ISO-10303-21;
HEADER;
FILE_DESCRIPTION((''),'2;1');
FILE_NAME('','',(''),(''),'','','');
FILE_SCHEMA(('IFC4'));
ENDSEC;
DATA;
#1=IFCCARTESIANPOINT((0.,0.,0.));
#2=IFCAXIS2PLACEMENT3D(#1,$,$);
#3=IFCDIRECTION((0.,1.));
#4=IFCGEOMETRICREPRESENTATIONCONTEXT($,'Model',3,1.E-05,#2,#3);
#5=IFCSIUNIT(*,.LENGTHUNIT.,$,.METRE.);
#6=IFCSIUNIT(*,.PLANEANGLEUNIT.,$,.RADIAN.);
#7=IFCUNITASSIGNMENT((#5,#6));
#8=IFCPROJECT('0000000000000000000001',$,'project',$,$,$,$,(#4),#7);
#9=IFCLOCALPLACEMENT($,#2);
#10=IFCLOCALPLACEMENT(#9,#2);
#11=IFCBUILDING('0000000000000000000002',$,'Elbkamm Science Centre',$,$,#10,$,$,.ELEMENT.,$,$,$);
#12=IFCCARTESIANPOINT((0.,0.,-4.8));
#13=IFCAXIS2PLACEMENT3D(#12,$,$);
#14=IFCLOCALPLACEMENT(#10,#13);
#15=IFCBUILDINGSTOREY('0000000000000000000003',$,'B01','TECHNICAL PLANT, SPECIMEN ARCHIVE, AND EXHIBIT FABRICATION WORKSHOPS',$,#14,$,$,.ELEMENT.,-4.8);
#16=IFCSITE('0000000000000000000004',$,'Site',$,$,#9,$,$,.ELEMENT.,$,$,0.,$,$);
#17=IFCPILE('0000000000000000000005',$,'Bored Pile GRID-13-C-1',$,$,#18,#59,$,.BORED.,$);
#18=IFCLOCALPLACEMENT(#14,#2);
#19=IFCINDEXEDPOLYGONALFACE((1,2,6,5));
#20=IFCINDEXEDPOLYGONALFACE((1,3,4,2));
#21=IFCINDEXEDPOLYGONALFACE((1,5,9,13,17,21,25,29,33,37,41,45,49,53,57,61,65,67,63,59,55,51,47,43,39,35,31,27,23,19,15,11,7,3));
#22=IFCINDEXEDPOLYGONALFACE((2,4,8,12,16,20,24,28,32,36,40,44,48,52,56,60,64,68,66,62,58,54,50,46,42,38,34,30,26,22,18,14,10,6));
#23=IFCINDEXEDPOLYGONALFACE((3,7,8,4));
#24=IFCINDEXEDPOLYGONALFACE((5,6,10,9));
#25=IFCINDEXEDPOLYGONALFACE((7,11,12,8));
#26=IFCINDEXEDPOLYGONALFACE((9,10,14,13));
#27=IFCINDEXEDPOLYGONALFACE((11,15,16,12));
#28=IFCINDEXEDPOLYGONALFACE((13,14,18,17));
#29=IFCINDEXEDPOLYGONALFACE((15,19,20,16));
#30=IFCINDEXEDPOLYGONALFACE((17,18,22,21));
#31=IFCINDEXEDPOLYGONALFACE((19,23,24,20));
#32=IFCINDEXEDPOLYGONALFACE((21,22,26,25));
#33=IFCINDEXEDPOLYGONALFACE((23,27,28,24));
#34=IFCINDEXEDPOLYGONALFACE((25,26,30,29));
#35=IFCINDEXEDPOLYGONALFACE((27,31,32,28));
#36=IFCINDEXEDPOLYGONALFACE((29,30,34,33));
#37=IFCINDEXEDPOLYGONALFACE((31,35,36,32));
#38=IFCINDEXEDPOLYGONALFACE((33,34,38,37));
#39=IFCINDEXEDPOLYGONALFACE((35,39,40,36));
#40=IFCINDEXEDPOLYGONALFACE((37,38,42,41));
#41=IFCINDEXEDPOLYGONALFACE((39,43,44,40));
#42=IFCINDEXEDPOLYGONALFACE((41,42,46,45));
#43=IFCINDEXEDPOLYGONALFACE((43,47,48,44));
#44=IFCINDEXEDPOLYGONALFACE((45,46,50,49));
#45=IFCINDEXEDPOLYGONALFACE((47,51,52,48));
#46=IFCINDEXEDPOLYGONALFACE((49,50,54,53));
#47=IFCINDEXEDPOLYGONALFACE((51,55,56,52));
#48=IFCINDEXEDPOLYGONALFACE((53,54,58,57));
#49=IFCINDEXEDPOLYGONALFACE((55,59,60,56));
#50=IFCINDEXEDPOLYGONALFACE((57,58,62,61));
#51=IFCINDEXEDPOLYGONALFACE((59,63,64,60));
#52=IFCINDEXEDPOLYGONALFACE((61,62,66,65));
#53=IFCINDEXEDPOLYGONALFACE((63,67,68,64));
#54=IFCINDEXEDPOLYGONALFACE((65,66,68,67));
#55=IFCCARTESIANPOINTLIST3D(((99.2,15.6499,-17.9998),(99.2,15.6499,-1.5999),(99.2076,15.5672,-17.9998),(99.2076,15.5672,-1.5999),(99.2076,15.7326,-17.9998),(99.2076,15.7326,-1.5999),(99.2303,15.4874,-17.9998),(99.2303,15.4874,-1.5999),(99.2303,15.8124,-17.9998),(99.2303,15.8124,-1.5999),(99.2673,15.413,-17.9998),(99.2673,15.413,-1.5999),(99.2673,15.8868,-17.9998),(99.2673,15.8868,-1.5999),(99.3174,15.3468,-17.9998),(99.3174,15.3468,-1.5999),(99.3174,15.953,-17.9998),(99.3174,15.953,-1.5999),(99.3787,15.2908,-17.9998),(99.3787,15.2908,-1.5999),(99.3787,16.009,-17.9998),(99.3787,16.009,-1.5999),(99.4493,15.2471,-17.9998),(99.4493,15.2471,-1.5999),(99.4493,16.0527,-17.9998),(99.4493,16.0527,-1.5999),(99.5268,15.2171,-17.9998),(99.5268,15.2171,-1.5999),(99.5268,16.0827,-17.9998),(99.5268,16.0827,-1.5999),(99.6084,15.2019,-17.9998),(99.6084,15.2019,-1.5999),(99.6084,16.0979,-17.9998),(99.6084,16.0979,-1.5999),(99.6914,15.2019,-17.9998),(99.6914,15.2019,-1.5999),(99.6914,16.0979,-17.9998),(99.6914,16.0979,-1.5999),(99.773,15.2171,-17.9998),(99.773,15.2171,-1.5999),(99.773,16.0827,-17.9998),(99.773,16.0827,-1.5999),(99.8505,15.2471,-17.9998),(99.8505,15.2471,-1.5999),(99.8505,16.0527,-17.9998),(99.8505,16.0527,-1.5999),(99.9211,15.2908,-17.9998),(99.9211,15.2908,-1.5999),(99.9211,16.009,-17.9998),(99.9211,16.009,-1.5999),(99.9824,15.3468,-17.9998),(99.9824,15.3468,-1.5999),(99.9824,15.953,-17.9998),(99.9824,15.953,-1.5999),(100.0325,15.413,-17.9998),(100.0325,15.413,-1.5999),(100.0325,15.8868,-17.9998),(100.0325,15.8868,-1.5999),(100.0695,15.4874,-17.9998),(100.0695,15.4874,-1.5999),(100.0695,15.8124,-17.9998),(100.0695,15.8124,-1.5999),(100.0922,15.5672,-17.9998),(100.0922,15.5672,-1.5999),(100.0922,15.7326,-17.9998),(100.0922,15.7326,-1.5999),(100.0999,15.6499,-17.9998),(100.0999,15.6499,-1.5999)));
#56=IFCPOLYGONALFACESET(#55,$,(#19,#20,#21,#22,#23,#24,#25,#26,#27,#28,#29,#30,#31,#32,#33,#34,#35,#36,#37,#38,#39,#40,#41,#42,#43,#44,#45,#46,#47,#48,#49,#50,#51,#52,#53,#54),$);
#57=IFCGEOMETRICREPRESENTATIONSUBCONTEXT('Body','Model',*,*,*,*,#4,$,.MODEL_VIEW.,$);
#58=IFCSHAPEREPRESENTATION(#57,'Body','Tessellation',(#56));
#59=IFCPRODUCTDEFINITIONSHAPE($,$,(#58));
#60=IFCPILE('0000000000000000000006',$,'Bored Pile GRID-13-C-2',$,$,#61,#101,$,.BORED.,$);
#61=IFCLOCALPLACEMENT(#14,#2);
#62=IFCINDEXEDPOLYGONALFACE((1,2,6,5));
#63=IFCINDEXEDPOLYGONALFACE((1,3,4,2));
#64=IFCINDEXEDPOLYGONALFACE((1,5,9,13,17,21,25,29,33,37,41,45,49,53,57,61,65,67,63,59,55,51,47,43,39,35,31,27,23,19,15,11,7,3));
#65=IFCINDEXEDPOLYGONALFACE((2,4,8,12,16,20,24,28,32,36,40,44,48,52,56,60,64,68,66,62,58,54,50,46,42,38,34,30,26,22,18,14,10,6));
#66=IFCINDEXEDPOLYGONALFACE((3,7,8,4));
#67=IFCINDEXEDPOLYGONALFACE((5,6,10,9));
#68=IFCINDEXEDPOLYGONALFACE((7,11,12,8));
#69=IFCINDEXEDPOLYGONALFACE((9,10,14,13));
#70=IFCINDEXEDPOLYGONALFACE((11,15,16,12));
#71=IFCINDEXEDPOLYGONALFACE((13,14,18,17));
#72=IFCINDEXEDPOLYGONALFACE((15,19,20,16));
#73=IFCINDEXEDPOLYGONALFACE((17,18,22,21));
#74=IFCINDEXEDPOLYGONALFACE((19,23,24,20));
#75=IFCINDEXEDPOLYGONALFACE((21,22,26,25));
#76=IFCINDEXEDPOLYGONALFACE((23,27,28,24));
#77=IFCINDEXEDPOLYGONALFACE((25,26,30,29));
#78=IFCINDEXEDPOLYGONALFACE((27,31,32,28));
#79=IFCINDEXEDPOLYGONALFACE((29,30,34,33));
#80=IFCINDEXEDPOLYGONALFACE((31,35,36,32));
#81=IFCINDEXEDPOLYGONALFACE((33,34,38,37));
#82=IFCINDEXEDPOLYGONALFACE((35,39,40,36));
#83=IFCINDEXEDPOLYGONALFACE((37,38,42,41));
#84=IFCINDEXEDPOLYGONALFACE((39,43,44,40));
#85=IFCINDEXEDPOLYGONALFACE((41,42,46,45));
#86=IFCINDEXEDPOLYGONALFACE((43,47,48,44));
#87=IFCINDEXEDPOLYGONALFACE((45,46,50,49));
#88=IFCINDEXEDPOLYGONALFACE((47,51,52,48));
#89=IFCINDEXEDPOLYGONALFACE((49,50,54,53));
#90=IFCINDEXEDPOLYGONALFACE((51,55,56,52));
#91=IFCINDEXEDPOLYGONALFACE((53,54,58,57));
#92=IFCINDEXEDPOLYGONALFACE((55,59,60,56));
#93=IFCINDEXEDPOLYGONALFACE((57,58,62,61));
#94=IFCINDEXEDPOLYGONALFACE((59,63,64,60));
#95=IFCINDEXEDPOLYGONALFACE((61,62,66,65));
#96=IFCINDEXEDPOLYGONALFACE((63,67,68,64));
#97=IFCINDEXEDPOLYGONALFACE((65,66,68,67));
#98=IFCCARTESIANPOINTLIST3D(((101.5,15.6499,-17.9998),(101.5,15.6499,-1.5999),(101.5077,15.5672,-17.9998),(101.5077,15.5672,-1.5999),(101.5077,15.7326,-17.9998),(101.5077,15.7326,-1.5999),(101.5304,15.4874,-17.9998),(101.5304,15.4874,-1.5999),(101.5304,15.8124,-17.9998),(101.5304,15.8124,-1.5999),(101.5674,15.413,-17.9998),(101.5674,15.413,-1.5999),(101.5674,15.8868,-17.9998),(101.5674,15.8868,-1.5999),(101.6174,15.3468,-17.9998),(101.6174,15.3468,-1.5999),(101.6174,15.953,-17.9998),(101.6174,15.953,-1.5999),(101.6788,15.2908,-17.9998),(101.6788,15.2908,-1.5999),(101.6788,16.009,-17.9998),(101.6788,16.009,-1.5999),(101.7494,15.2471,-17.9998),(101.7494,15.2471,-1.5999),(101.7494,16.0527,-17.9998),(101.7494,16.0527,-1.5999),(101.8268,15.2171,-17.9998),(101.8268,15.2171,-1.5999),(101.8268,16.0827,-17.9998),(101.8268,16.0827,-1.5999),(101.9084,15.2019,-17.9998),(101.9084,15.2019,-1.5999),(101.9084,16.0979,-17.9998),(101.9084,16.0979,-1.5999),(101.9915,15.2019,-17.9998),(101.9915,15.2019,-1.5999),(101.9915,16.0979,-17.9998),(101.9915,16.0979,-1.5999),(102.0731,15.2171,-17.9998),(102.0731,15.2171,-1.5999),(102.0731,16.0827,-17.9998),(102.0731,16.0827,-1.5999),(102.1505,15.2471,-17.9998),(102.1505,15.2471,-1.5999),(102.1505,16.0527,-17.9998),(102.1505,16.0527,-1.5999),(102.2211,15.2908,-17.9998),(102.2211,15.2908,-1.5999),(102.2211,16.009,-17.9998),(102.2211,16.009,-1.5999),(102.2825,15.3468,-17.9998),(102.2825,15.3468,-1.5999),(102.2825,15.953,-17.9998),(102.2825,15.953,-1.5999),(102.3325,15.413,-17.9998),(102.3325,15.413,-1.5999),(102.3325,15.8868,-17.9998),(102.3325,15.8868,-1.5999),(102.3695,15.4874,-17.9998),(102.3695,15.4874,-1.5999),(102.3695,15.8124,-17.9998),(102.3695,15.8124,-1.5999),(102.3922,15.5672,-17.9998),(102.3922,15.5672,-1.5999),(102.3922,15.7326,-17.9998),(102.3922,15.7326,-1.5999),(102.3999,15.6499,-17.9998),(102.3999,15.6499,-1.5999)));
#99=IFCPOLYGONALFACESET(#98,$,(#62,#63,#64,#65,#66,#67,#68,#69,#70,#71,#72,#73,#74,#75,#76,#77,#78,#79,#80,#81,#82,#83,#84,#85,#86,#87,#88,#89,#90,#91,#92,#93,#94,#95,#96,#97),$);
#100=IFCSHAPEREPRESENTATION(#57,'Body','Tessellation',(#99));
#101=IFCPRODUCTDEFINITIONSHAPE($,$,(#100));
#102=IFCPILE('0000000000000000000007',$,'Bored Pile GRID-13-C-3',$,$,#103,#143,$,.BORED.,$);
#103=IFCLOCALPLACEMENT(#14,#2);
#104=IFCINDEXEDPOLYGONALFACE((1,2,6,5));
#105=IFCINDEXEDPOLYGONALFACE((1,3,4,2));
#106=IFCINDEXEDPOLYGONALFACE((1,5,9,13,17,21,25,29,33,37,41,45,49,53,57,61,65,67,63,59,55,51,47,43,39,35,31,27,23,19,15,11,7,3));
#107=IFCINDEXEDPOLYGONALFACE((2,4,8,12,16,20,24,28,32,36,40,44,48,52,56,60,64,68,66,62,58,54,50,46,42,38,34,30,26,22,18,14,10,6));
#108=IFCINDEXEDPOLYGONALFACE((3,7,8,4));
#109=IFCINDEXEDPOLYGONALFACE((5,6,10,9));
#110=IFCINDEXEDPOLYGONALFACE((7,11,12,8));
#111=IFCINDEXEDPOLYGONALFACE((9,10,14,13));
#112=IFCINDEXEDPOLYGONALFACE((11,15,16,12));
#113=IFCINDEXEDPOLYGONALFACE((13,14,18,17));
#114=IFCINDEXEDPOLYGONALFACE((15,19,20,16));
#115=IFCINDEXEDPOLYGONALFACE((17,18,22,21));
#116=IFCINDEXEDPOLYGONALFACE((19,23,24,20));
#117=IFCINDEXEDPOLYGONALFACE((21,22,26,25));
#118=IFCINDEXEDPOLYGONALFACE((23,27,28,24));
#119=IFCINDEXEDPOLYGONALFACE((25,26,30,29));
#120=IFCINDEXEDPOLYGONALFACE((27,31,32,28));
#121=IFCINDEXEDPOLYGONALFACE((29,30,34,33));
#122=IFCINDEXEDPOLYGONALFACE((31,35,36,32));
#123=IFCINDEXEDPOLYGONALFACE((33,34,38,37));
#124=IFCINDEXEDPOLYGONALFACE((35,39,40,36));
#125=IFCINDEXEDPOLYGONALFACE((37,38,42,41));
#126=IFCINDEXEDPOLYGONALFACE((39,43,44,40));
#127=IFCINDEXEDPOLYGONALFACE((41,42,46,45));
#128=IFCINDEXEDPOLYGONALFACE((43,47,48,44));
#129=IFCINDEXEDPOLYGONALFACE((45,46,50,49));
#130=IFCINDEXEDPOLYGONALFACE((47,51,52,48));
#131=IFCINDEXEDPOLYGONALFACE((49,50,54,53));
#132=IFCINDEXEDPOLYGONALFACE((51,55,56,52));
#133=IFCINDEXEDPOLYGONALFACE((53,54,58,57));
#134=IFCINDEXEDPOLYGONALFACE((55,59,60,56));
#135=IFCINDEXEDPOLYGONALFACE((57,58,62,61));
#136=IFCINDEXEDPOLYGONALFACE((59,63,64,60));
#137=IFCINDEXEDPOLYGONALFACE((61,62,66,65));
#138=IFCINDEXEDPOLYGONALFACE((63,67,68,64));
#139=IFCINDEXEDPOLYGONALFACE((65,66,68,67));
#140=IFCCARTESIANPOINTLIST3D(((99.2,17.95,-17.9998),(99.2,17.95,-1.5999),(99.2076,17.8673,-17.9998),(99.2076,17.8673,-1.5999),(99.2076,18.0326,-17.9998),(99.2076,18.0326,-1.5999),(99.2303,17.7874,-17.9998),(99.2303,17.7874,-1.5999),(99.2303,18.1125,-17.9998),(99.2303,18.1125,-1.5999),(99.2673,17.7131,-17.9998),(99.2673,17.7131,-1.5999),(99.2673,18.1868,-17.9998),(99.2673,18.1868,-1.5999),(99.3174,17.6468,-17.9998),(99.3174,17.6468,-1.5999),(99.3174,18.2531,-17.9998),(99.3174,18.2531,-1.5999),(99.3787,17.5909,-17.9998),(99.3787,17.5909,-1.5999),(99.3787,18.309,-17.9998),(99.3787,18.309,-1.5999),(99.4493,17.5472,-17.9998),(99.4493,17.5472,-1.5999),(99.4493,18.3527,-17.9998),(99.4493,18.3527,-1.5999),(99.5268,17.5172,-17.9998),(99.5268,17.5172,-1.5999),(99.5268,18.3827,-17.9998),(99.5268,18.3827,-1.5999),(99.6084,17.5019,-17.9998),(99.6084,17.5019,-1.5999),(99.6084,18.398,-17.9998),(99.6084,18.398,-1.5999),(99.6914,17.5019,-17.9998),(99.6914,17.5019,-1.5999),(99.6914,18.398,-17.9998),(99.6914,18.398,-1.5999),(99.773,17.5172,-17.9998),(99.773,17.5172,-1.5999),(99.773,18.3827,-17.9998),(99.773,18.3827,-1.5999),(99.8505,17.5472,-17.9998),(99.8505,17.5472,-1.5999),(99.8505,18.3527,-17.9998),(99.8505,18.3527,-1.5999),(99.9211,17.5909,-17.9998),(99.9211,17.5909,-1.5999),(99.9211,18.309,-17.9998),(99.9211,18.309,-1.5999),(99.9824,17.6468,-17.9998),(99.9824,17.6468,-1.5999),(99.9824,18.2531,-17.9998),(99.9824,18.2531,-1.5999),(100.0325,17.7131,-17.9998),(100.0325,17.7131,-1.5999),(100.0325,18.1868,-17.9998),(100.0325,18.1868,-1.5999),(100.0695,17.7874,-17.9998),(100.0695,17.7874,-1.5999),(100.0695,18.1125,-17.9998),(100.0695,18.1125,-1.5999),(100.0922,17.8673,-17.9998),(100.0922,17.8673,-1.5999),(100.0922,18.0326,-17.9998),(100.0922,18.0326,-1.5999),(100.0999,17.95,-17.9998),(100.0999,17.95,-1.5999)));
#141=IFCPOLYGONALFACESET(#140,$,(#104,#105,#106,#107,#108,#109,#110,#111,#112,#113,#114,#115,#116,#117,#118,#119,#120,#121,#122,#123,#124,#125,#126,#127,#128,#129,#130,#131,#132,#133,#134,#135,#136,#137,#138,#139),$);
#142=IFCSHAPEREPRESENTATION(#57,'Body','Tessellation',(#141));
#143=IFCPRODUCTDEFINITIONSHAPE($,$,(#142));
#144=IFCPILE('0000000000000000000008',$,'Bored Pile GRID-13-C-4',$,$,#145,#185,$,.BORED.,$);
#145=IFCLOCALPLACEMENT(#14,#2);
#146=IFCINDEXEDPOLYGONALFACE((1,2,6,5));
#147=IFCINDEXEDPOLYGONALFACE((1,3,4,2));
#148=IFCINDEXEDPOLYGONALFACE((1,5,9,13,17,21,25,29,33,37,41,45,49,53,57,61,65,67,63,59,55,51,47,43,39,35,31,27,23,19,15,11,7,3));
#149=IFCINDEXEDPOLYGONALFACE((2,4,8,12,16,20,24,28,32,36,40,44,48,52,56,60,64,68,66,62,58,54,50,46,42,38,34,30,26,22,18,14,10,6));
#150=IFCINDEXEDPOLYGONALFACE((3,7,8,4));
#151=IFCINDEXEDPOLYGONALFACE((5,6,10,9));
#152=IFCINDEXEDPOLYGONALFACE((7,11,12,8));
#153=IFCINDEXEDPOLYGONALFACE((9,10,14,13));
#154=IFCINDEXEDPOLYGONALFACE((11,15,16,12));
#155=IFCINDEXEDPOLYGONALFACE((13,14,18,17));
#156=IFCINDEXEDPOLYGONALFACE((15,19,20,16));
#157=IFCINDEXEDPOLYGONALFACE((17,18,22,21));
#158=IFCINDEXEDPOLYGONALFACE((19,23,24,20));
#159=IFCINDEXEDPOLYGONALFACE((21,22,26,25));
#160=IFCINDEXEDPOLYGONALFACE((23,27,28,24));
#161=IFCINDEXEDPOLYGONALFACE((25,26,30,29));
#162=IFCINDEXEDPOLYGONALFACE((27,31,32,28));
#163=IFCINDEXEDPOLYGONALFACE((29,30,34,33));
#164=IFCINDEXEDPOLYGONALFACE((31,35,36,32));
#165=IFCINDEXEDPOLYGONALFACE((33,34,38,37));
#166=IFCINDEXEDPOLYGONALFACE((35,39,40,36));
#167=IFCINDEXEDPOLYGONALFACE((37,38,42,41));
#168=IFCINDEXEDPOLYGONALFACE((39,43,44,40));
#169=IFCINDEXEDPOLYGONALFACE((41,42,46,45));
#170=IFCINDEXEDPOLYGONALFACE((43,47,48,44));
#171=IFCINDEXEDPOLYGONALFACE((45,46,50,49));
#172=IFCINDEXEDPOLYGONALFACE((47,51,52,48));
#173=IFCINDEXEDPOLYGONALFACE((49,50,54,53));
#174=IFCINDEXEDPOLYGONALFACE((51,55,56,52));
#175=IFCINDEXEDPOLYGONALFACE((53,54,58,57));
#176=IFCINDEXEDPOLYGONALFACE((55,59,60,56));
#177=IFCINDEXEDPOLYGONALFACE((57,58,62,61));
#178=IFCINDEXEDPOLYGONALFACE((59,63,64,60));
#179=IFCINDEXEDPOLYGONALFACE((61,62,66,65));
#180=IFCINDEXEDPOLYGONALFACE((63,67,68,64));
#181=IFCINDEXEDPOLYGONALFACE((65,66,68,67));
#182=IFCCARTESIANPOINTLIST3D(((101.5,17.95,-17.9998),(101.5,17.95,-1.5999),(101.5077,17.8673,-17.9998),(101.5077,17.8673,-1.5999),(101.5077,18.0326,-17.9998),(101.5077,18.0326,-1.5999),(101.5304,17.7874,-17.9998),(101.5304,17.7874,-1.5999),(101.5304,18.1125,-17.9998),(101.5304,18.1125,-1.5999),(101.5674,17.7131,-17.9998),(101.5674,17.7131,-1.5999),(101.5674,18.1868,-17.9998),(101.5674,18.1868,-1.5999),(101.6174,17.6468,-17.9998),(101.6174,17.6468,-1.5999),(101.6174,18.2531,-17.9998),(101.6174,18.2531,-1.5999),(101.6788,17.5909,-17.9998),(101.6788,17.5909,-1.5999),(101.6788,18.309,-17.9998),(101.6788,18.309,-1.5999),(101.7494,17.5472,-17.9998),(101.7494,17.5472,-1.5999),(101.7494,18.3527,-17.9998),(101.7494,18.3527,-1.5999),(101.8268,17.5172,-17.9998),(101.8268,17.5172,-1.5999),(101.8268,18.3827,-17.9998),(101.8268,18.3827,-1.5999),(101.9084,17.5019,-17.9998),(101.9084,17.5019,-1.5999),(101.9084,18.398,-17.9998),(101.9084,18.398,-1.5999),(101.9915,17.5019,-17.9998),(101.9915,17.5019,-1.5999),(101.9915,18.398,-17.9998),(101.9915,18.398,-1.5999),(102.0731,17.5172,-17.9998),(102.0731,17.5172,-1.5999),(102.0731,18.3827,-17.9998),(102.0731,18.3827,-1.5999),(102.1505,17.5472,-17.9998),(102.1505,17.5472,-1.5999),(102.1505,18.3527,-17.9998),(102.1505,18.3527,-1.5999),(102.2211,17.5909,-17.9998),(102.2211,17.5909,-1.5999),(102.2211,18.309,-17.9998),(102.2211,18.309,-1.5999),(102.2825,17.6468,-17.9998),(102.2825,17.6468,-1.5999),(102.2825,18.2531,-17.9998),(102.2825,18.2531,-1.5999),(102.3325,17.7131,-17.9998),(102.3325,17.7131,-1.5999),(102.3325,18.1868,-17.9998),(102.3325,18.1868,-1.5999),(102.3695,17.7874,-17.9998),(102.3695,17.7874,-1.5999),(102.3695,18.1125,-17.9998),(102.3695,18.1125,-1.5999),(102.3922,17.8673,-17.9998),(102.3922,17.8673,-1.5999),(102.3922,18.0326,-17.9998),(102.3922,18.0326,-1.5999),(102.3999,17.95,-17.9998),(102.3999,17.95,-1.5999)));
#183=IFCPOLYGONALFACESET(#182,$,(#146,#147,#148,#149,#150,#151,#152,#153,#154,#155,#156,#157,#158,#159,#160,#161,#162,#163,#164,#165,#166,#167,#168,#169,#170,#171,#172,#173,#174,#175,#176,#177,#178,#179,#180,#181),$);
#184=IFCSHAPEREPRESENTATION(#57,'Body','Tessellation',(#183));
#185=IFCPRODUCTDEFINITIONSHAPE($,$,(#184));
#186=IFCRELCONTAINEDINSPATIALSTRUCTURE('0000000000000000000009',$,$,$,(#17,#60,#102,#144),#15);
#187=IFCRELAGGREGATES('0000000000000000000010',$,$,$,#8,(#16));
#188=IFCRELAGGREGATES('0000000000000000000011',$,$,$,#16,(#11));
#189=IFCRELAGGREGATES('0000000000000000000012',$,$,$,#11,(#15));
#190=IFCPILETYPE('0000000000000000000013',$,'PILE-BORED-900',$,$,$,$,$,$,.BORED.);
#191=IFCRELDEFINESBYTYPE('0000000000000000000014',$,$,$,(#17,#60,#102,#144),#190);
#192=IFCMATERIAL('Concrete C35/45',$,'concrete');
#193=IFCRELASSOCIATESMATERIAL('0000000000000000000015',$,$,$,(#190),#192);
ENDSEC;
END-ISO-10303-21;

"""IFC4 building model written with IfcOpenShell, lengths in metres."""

from ifc_helpers import new_model, si_unit, direction, frame, origin, origin_2d, place, context, subcontext, project, spatial, circle, extrude, material, material_profile, profile_set, type_object, element, save


model = new_model("IFC4")

# Units and contexts
model_context = context("Model", 3, precision=1e-05, world=origin(), true_north=direction((0.0, 1.0)))
body_context = subcontext(model_context, "Body", "Model", "MODEL_VIEW")
ifc_project = project(units=[si_unit("LENGTHUNIT", "METRE"), si_unit("PLANEANGLEUNIT", "RADIAN")], contexts=[model_context])

# Site, building, storey
site_placement = place(None, origin())
site = spatial("IfcSite", under=ifc_project, at=site_placement, Name="Site", CompositionType="ELEMENT", RefElevation=0.0)
building_placement = place(site_placement, origin())
building = spatial("IfcBuilding", under=site, at=building_placement, Name="Elbkamm Science Centre", CompositionType="ELEMENT")
storey_placement = place(building_placement, frame((0.0, 0.0, -4.8)))
storey = spatial("IfcBuildingStorey", under=building, at=storey_placement, Name="B01", Description="TECHNICAL PLANT, SPECIMEN ARCHIVE, AND EXHIBIT FABRICATION WORKSHOPS", CompositionType="ELEMENT", Elevation=-4.8)

# Shared definitions
ifc_material_1 = material(Name="Concrete C35/45", Category="concrete")

# Piles
ifc_material_profile_1 = material_profile(ifc_material_1, circle(Radius=0.45, at=origin_2d()), Name="PILE D900")
ifc_profile_set_1 = profile_set([ifc_material_profile_1], Name="Concrete C35/45")
pile_type = type_object("IfcPileType", Name="PILE-BORED-900", PredefinedType="BORED", material=ifc_profile_set_1)
for number, where, z_axis, x_axis, name in (
    (1, (99.6499, 15.6499, -1.5999), (0.0, 0.0, -1.0), (1.0, 0.0, 0.0), "Bored Pile GRID-13-C-1"),
    (2, (101.95, 15.6499, -1.5999), (0.0, 0.0, -1.0), (1.0, 0.0, 0.0), "Bored Pile GRID-13-C-2"),
    (3, (99.6499, 17.95, -1.5999), (0.0, 0.0, -1.0), (1.0, 0.0, 0.0), "Bored Pile GRID-13-C-3"),
    (4, (101.95, 17.95, -1.5999), (0.0, 0.0, -1.0), (1.0, 0.0, 0.0), "Bored Pile GRID-13-C-4"),
):
    element("IfcPile", number, at=place(storey_placement, frame(where, z_axis=z_axis, x_axis=x_axis)), inside=storey, type_object=pile_type, Name=name, PredefinedType="BORED", context=body_context, shape_type="SweptSolid", body=[
        extrude(circle(Radius=0.45, at=origin_2d()), origin(), (0.0, 0.0, 1.0), 16.3999),
    ])

save(model, "model.ifc")
